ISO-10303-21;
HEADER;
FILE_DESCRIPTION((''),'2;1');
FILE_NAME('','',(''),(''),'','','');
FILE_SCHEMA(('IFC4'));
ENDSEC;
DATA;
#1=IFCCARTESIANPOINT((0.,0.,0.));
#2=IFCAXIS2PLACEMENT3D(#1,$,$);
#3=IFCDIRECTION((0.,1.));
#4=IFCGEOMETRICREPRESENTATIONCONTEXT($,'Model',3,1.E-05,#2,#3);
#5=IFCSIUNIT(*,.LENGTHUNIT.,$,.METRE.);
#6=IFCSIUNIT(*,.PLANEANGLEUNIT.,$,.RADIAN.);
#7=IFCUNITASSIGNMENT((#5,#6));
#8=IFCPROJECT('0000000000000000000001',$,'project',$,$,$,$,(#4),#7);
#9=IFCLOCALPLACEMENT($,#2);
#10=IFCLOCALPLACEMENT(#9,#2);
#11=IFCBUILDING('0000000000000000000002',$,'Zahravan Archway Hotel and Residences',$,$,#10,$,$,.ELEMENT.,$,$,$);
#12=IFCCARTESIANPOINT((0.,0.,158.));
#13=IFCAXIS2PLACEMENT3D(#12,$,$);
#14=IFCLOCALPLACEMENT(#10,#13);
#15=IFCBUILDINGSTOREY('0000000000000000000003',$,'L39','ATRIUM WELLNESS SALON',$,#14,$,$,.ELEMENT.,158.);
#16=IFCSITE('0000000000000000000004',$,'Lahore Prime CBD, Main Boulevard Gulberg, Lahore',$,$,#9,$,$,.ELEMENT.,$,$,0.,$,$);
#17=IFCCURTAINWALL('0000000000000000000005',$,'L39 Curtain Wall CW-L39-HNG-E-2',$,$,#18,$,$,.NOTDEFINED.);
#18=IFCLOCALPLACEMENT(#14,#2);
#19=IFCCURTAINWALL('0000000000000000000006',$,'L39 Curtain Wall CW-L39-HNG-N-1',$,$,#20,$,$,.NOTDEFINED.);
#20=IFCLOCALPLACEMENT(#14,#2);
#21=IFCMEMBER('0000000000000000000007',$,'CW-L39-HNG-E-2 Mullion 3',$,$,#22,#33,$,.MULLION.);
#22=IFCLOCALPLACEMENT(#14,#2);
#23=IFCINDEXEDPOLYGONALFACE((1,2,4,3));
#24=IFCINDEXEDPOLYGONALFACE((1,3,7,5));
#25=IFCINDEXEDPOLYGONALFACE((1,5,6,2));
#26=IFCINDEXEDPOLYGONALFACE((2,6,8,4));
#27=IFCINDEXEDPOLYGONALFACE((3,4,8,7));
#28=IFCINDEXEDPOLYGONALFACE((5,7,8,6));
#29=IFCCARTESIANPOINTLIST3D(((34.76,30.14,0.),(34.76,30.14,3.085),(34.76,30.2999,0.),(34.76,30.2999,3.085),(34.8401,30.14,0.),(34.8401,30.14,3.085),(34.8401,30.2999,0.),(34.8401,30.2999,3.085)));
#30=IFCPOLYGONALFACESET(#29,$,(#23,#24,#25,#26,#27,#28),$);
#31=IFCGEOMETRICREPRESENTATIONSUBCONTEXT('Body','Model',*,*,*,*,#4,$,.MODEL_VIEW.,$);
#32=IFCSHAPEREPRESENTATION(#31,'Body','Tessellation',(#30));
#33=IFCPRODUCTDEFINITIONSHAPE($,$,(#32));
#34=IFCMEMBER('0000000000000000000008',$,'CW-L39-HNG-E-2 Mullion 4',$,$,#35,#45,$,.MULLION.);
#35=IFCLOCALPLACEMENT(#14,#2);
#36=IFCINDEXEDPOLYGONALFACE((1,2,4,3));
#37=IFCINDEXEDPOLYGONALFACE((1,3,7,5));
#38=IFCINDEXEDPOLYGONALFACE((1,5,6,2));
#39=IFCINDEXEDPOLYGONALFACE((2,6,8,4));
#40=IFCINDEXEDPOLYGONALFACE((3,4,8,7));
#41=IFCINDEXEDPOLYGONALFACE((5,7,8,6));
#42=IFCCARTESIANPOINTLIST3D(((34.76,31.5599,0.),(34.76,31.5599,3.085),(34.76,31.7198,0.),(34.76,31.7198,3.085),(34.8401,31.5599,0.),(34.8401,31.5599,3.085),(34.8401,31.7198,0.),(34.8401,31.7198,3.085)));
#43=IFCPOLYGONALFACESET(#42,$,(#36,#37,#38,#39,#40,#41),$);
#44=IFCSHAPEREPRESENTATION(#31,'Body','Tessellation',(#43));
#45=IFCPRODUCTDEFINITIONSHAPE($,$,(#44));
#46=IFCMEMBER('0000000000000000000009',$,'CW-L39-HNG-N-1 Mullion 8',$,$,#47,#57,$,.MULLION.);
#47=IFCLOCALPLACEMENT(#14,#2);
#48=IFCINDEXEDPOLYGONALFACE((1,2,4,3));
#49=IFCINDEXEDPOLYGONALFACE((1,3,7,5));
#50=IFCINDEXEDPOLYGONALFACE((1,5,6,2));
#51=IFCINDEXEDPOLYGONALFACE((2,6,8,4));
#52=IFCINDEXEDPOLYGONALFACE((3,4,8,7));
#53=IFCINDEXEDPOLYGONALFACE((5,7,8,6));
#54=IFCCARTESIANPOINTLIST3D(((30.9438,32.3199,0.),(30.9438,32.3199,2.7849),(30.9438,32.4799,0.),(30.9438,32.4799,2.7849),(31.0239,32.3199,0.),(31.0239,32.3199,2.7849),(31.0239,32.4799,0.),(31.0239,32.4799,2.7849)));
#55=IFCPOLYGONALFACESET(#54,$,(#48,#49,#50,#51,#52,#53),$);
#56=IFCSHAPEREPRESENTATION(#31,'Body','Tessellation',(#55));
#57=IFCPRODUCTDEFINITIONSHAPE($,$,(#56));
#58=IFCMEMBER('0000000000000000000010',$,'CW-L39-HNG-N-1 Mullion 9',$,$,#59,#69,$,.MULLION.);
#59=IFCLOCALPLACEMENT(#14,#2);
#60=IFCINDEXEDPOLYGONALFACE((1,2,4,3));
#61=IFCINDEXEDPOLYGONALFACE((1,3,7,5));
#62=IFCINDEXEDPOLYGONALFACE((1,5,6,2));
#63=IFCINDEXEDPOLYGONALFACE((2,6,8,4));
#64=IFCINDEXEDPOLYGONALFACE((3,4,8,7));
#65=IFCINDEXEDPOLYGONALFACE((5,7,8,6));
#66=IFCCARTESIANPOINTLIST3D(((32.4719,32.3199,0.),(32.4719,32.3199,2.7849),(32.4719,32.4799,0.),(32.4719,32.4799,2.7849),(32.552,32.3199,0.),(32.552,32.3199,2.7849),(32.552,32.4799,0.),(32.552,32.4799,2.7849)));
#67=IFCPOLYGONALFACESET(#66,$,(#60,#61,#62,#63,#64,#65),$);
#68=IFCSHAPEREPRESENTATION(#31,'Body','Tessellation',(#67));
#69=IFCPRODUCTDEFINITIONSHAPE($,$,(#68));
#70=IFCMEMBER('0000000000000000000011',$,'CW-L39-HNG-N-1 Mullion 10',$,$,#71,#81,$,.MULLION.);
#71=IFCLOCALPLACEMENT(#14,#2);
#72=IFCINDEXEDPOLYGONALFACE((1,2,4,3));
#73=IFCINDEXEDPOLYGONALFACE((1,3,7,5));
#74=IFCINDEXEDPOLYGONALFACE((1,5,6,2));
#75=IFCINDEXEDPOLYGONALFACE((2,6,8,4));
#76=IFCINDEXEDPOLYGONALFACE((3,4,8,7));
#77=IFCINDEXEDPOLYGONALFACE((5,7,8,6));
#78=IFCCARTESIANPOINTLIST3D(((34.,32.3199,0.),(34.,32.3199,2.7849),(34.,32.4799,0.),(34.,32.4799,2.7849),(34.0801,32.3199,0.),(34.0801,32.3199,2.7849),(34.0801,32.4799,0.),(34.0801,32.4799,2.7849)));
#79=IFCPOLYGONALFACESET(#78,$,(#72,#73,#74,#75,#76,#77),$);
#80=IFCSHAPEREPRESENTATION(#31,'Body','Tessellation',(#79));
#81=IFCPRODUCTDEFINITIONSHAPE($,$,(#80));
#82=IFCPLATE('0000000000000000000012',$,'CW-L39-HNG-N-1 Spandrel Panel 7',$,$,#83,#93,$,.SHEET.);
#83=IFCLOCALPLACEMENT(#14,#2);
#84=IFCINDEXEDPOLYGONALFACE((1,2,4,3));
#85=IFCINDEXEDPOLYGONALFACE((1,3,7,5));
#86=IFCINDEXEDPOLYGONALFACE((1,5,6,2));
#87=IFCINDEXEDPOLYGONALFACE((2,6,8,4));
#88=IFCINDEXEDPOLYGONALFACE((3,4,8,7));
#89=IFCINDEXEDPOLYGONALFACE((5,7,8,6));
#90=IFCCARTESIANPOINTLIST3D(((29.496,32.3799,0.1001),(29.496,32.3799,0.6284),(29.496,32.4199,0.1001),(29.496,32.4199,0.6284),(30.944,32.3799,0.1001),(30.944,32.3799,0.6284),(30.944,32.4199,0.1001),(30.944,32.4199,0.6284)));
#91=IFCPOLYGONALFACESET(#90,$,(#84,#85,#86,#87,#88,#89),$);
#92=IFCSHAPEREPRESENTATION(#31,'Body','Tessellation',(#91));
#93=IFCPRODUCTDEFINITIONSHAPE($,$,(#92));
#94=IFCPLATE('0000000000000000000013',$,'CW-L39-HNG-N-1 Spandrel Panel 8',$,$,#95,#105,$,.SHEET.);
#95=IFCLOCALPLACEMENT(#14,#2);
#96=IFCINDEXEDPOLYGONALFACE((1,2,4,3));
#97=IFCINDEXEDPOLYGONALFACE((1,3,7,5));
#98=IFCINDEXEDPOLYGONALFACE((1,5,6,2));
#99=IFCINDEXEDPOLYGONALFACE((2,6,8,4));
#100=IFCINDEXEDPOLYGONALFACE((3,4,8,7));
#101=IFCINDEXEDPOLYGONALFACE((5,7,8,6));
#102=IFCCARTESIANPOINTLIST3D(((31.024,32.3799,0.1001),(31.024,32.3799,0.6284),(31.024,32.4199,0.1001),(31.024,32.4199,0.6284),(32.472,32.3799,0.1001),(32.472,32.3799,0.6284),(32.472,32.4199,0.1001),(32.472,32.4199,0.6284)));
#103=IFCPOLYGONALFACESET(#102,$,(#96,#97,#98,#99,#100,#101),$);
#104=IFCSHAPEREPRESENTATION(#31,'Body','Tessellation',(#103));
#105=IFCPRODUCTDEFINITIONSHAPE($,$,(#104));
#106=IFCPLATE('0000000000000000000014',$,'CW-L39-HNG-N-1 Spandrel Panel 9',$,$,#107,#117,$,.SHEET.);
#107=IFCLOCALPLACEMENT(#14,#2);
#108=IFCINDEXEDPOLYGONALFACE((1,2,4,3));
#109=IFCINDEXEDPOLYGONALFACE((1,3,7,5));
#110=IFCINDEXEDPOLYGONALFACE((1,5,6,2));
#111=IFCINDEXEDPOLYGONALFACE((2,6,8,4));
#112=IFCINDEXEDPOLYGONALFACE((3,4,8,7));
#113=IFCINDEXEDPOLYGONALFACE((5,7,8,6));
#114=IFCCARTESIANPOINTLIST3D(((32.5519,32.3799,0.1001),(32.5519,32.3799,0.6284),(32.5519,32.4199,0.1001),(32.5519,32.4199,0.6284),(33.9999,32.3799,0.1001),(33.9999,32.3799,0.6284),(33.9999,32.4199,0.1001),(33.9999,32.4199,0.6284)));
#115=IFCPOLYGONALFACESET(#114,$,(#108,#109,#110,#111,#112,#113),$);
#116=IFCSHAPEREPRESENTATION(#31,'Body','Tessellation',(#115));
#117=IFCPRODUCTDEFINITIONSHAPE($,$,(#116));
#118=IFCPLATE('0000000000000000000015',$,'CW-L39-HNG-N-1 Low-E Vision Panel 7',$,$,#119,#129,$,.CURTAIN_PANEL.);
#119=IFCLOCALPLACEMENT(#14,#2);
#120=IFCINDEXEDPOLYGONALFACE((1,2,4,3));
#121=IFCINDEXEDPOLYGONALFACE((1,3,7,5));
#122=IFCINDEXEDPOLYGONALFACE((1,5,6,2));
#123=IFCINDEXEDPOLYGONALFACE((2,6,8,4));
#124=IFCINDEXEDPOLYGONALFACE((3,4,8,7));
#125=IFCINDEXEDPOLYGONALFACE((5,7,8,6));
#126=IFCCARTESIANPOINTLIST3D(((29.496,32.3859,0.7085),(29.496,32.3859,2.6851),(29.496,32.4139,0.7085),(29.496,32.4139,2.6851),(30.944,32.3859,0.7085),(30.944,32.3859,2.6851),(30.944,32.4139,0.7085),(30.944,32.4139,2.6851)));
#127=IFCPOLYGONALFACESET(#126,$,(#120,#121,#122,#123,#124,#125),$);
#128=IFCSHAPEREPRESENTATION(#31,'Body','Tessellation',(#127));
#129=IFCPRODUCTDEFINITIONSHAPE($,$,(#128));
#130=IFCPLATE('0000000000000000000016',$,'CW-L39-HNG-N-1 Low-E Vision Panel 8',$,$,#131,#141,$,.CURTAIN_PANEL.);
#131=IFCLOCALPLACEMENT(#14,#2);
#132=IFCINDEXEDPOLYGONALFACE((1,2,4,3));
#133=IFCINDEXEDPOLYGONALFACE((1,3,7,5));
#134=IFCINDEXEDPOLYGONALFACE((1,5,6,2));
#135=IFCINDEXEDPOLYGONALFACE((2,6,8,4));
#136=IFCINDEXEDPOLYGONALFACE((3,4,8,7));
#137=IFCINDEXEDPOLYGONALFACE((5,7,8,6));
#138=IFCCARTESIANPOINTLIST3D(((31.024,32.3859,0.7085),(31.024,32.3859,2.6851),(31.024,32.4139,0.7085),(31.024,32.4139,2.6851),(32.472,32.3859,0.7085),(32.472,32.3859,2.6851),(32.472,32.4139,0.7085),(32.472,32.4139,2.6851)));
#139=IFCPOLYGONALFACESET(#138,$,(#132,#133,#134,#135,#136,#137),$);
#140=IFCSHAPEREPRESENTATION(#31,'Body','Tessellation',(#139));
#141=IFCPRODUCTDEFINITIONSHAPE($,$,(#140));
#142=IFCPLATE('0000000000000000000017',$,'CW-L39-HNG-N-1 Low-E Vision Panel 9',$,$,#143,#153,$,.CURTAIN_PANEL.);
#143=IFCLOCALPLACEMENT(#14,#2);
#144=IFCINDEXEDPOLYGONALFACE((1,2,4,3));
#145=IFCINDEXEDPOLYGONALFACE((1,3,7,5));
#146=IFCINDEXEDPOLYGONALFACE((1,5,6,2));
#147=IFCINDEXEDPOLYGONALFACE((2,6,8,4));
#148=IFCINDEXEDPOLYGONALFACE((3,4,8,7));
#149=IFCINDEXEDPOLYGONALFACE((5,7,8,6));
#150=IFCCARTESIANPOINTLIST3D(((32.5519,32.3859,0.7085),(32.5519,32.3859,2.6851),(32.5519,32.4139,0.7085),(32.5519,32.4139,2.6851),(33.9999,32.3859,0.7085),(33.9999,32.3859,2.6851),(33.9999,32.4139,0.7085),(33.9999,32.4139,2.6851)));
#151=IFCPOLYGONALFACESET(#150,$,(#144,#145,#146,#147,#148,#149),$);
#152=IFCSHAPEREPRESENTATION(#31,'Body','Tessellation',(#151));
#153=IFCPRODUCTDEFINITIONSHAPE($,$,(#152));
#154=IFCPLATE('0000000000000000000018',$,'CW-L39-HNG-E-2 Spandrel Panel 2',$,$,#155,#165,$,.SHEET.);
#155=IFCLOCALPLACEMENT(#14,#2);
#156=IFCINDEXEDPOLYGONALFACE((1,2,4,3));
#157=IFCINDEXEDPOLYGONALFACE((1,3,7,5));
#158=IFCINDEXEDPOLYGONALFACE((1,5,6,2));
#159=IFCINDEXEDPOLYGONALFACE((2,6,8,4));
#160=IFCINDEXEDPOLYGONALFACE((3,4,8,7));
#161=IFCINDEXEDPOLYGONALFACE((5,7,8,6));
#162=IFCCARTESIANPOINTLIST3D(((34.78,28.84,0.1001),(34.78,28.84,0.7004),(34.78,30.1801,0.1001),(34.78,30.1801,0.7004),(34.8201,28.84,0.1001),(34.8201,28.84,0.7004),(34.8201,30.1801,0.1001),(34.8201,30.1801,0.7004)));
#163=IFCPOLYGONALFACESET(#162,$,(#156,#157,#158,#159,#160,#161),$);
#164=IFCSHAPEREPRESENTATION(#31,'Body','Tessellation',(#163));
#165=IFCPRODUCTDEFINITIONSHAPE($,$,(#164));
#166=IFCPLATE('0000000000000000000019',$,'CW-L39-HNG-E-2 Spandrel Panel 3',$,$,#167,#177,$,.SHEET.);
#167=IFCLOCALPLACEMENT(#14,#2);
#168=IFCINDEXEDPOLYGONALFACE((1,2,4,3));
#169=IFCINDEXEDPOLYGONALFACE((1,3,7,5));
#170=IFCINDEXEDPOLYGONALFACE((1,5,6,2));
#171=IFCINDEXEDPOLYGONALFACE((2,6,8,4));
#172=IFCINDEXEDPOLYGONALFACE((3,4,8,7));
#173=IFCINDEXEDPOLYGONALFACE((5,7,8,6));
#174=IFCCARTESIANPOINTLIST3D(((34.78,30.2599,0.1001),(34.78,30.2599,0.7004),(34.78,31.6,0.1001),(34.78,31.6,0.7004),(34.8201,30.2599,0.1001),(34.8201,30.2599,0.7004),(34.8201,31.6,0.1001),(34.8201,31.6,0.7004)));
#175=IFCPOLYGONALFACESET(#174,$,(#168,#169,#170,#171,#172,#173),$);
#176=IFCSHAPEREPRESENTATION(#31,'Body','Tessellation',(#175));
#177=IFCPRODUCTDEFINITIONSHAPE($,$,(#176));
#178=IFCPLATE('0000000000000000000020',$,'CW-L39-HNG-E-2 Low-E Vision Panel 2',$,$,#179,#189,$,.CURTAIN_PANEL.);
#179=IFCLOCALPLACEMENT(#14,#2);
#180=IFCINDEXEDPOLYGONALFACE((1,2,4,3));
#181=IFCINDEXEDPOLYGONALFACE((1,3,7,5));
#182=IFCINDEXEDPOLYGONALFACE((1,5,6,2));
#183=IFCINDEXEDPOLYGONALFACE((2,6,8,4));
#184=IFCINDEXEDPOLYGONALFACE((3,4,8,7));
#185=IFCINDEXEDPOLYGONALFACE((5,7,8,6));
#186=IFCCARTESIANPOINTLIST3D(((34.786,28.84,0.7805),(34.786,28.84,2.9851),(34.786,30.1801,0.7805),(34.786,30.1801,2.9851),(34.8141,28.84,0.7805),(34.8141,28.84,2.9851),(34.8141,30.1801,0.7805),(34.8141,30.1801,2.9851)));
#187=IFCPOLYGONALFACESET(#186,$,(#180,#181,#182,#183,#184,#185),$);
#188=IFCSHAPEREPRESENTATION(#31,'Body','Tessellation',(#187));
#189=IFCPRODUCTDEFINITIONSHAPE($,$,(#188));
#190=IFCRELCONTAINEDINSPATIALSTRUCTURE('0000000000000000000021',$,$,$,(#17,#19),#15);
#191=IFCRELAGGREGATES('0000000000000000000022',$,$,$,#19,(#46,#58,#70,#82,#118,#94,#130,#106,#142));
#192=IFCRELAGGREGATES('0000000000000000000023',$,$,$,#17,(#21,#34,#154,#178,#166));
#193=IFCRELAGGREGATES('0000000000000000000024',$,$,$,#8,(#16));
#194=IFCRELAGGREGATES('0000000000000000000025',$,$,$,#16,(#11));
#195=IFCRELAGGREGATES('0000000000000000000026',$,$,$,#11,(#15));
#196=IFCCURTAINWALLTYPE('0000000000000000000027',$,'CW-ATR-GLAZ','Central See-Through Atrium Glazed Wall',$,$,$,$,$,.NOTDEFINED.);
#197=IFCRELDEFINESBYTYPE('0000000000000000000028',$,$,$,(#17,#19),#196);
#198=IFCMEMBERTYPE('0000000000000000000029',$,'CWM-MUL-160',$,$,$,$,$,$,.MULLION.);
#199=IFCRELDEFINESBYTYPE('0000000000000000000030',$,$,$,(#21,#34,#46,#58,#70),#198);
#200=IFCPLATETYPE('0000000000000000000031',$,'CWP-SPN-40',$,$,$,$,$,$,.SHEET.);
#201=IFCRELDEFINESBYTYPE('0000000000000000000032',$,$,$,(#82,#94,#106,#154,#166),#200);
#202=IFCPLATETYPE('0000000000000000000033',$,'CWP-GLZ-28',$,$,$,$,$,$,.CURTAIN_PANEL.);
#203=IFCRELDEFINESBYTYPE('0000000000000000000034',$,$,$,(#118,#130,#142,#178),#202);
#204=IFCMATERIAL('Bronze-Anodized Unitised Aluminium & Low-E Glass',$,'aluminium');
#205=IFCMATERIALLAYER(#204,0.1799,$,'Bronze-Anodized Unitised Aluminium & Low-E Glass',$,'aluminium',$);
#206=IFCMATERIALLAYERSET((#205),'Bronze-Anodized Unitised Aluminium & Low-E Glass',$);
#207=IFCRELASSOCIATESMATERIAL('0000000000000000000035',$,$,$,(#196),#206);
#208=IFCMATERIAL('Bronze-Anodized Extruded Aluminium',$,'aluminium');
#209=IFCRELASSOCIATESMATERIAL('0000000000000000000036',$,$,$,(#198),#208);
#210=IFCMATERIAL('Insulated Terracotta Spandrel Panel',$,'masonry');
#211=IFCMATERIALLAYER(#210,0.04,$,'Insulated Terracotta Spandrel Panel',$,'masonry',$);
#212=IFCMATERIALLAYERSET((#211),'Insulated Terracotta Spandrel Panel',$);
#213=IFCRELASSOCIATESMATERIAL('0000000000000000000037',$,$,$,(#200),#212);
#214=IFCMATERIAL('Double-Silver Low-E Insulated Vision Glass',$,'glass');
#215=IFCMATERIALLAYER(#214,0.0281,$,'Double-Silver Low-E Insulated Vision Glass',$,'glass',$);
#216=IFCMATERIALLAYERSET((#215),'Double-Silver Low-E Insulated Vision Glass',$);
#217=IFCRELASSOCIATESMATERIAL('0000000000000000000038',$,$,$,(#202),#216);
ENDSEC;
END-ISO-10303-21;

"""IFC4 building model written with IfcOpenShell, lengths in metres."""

from ifc_helpers import new_model, si_unit, direction, frame, origin, origin_2d, place, context, subcontext, project, spatial, rectangle, extrude, source, transform, mapped, material, layer, layer_set, material_profile, profile_set, type_object, element, aggregate, save


model = new_model("IFC4")

# Units and contexts
model_context = context("Model", 3, precision=1e-05, world=origin(), true_north=direction((0.0, 1.0)))
body_context = subcontext(model_context, "Body", "Model", "MODEL_VIEW")
ifc_project = project(units=[si_unit("LENGTHUNIT", "METRE"), si_unit("PLANEANGLEUNIT", "RADIAN")], contexts=[model_context])

# Site, building, storey
site_placement = place(None, origin())
site = spatial("IfcSite", under=ifc_project, at=site_placement, Name="Lahore Prime CBD, Main Boulevard Gulberg, Lahore", CompositionType="ELEMENT", RefElevation=0.0)
building_placement = place(site_placement, origin())
building = spatial("IfcBuilding", under=site, at=building_placement, Name="Zahravan Archway Hotel and Residences", CompositionType="ELEMENT")
storey_placement = place(building_placement, frame((0.0, 0.0, 158.0)))
storey = spatial("IfcBuildingStorey", under=building, at=storey_placement, Name="L39", Description="ATRIUM WELLNESS SALON", CompositionType="ELEMENT", Elevation=158.0)

# Curtain walls
ifc_material_1 = material(Name="Bronze-Anodized Unitised Aluminium & Low-E Glass", Category="aluminium")
ifc_layer_1 = layer(ifc_material_1, 0.1799, Name="Bronze-Anodized Unitised Aluminium & Low-E Glass", Category="aluminium")
ifc_layer_set_1 = layer_set([ifc_layer_1], Name="Bronze-Anodized Unitised Aluminium & Low-E Glass")
curtain_wall_type = type_object("IfcCurtainWallType", Name="CW-ATR-GLAZ", Description="Central See-Through Atrium Glazed Wall", PredefinedType="NOTDEFINED", material=ifc_layer_set_1)
curtain_wall_1_placement = place(storey_placement, origin())
curtain_wall_1 = element("IfcCurtainWall", 1, at=curtain_wall_1_placement, inside=storey, type_object=curtain_wall_type, Name="L39 Curtain Wall CW-L39-HNG-E-2", PredefinedType="NOTDEFINED")
ifc_material_2 = material(Name="Bronze-Anodized Extruded Aluminium", Category="aluminium")
curtain_wall_2_placement = place(storey_placement, origin())
curtain_wall_2 = element("IfcCurtainWall", 2, at=curtain_wall_2_placement, inside=storey, type_object=curtain_wall_type, Name="L39 Curtain Wall CW-L39-HNG-N-1", PredefinedType="NOTDEFINED")

# Members
ifc_material_profile_1 = material_profile(ifc_material_2, rectangle(XDim=0.0801, YDim=0.1599, at=origin_2d()), Name="MUL 80x160", Category="aluminium")
ifc_profile_set_1 = profile_set([ifc_material_profile_1], Name="Bronze-Anodized Extruded Aluminium")
member_type_1 = type_object("IfcMemberType", Name="CWM-MUL-160", PredefinedType="MULLION", material=ifc_profile_set_1)
shared_shape_1 = source(origin(), body_context, "Body", "SweptSolid", [
    extrude(rectangle(XDim=0.0801, YDim=0.1599, at=origin_2d()), origin(), (0.0, 0.0, 1.0), 3.085),
])
member_1_placement = place(storey_placement, frame((34.8, 30.22, 0.0), z_axis=(0.0, 0.0, 1.0), x_axis=(1.0, 0.0, 0.0)))
member_1 = element("IfcMember", 3, at=member_1_placement, type_object=member_type_1, Name="CW-L39-HNG-E-2 Mullion 3", PredefinedType="MULLION", context=body_context, shape_type="MappedRepresentation", body=[
    mapped(shared_shape_1, transform((0.0, 0.0, 0.0), scale=1.0)),
])
member_2_placement = place(storey_placement, frame((34.8, 31.6399, 0.0), z_axis=(0.0, 0.0, 1.0), x_axis=(1.0, 0.0, 0.0)))
member_2 = element("IfcMember", 4, at=member_2_placement, type_object=member_type_1, Name="CW-L39-HNG-E-2 Mullion 4", PredefinedType="MULLION", context=body_context, shape_type="MappedRepresentation", body=[
    mapped(shared_shape_1, transform((0.0, 0.0, 0.0), scale=1.0)),
])
shared_shape_2 = source(origin(), body_context, "Body", "SweptSolid", [
    extrude(rectangle(XDim=0.0801, YDim=0.1599, at=origin_2d()), origin(), (0.0, 0.0, 1.0), 2.7849),
])
member_3_placement = place(storey_placement, frame((30.9839, 32.3999, 0.0), z_axis=(0.0, 0.0, 1.0), x_axis=(1.0, 0.0, 0.0)))
member_3 = element("IfcMember", 5, at=member_3_placement, type_object=member_type_1, Name="CW-L39-HNG-N-1 Mullion 8", PredefinedType="MULLION", context=body_context, shape_type="MappedRepresentation", body=[
    mapped(shared_shape_2, transform((0.0, 0.0, 0.0), scale=1.0)),
])
member_4_placement = place(storey_placement, frame((32.512, 32.3999, 0.0), z_axis=(0.0, 0.0, 1.0), x_axis=(1.0, 0.0, 0.0)))
member_4 = element("IfcMember", 6, at=member_4_placement, type_object=member_type_1, Name="CW-L39-HNG-N-1 Mullion 9", PredefinedType="MULLION", context=body_context, shape_type="MappedRepresentation", body=[
    mapped(shared_shape_2, transform((0.0, 0.0, 0.0), scale=1.0)),
])
member_5_placement = place(storey_placement, frame((34.04, 32.3999, 0.0), z_axis=(0.0, 0.0, 1.0), x_axis=(1.0, 0.0, 0.0)))
member_5 = element("IfcMember", 7, at=member_5_placement, type_object=member_type_1, Name="CW-L39-HNG-N-1 Mullion 10", PredefinedType="MULLION", context=body_context, shape_type="MappedRepresentation", body=[
    mapped(shared_shape_2, transform((0.0, 0.0, 0.0), scale=1.0)),
])

# Plates
ifc_material_3 = material(Name="Insulated Terracotta Spandrel Panel", Category="masonry")
ifc_layer_2 = layer(ifc_material_3, 0.04, Name="Insulated Terracotta Spandrel Panel", Category="masonry")
ifc_layer_set_2 = layer_set([ifc_layer_2], Name="Insulated Terracotta Spandrel Panel")
plate_type_1 = type_object("IfcPlateType", Name="CWP-SPN-40", PredefinedType="SHEET", material=ifc_layer_set_2)
shared_shape_3 = source(origin(), body_context, "Body", "SweptSolid", [
    extrude(rectangle(XDim=1.448, YDim=0.04, at=origin_2d()), origin(), (0.0, 0.0, 1.0), 0.5283),
])
plate_1_placement = place(storey_placement, frame((30.22, 32.3999, 0.1001), z_axis=(0.0, 0.0, 1.0), x_axis=(1.0, 0.0, 0.0)))
plate_1 = element("IfcPlate", 8, at=plate_1_placement, type_object=plate_type_1, Name="CW-L39-HNG-N-1 Spandrel Panel 7", PredefinedType="SHEET", context=body_context, shape_type="MappedRepresentation", body=[
    mapped(shared_shape_3, transform((0.0, 0.0, 0.0), scale=1.0)),
])
plate_2_placement = place(storey_placement, frame((31.748, 32.3999, 0.1001), z_axis=(0.0, 0.0, 1.0), x_axis=(1.0, 0.0, 0.0)))
plate_2 = element("IfcPlate", 9, at=plate_2_placement, type_object=plate_type_1, Name="CW-L39-HNG-N-1 Spandrel Panel 8", PredefinedType="SHEET", context=body_context, shape_type="MappedRepresentation", body=[
    mapped(shared_shape_3, transform((0.0, 0.0, 0.0), scale=1.0)),
])
plate_3_placement = place(storey_placement, frame((33.2759, 32.3999, 0.1001), z_axis=(0.0, 0.0, 1.0), x_axis=(1.0, 0.0, 0.0)))
plate_3 = element("IfcPlate", 10, at=plate_3_placement, type_object=plate_type_1, Name="CW-L39-HNG-N-1 Spandrel Panel 9", PredefinedType="SHEET", context=body_context, shape_type="MappedRepresentation", body=[
    mapped(shared_shape_3, transform((0.0, 0.0, 0.0), scale=1.0)),
])
ifc_material_4 = material(Name="Double-Silver Low-E Insulated Vision Glass", Category="glass")
ifc_layer_3 = layer(ifc_material_4, 0.0281, Name="Double-Silver Low-E Insulated Vision Glass", Category="glass")
ifc_layer_set_3 = layer_set([ifc_layer_3], Name="Double-Silver Low-E Insulated Vision Glass")
plate_type_2 = type_object("IfcPlateType", Name="CWP-GLZ-28", PredefinedType="CURTAIN_PANEL", material=ifc_layer_set_3)
shared_shape_4 = source(origin(), body_context, "Body", "SweptSolid", [
    extrude(rectangle(XDim=1.448, YDim=0.0281, at=origin_2d()), origin(), (0.0, 0.0, 1.0), 1.9766),
])
plate_4_placement = place(storey_placement, frame((30.22, 32.3999, 0.7085), z_axis=(0.0, 0.0, 1.0), x_axis=(1.0, 0.0, 0.0)))
plate_4 = element("IfcPlate", 11, at=plate_4_placement, type_object=plate_type_2, Name="CW-L39-HNG-N-1 Low-E Vision Panel 7", PredefinedType="CURTAIN_PANEL", context=body_context, shape_type="MappedRepresentation", body=[
    mapped(shared_shape_4, transform((0.0, 0.0, 0.0), scale=1.0)),
])
plate_5_placement = place(storey_placement, frame((31.748, 32.3999, 0.7085), z_axis=(0.0, 0.0, 1.0), x_axis=(1.0, 0.0, 0.0)))
plate_5 = element("IfcPlate", 12, at=plate_5_placement, type_object=plate_type_2, Name="CW-L39-HNG-N-1 Low-E Vision Panel 8", PredefinedType="CURTAIN_PANEL", context=body_context, shape_type="MappedRepresentation", body=[
    mapped(shared_shape_4, transform((0.0, 0.0, 0.0), scale=1.0)),
])
plate_6_placement = place(storey_placement, frame((33.2759, 32.3999, 0.7085), z_axis=(0.0, 0.0, 1.0), x_axis=(1.0, 0.0, 0.0)))
plate_6 = element("IfcPlate", 13, at=plate_6_placement, type_object=plate_type_2, Name="CW-L39-HNG-N-1 Low-E Vision Panel 9", PredefinedType="CURTAIN_PANEL", context=body_context, shape_type="MappedRepresentation", body=[
    mapped(shared_shape_4, transform((0.0, 0.0, 0.0), scale=1.0)),
])
aggregate(curtain_wall_2, [member_3, member_4, member_5, plate_1, plate_4, plate_2, plate_5, plate_3, plate_6])
shared_shape_5 = source(origin(), body_context, "Body", "SweptSolid", [
    extrude(rectangle(XDim=1.3401, YDim=0.04, at=origin_2d()), origin(), (0.0, 0.0, 1.0), 0.6003),
])
plate_7_placement = place(storey_placement, frame((34.8, 29.51, 0.1001), z_axis=(0.0, 0.0, 1.0), x_axis=(0.0, 1.0, 0.0)))
plate_7 = element("IfcPlate", 14, at=plate_7_placement, type_object=plate_type_1, Name="CW-L39-HNG-E-2 Spandrel Panel 2", PredefinedType="SHEET", context=body_context, shape_type="MappedRepresentation", body=[
    mapped(shared_shape_5, transform((0.0, 0.0, 0.0), scale=1.0)),
])
plate_8_placement = place(storey_placement, frame((34.8, 30.9299, 0.1001), z_axis=(0.0, 0.0, 1.0), x_axis=(0.0, 1.0, 0.0)))
plate_8 = element("IfcPlate", 15, at=plate_8_placement, type_object=plate_type_1, Name="CW-L39-HNG-E-2 Spandrel Panel 3", PredefinedType="SHEET", context=body_context, shape_type="MappedRepresentation", body=[
    mapped(shared_shape_5, transform((0.0, 0.0, 0.0), scale=1.0)),
])
shared_shape_6 = source(origin(), body_context, "Body", "SweptSolid", [
    extrude(rectangle(XDim=1.3401, YDim=0.0281, at=origin_2d()), origin(), (0.0, 0.0, 1.0), 2.2046),
])
plate_9_placement = place(storey_placement, frame((34.8, 29.51, 0.7805), z_axis=(0.0, 0.0, 1.0), x_axis=(0.0, 1.0, 0.0)))
plate_9 = element("IfcPlate", 16, at=plate_9_placement, type_object=plate_type_2, Name="CW-L39-HNG-E-2 Low-E Vision Panel 2", PredefinedType="CURTAIN_PANEL", context=body_context, shape_type="MappedRepresentation", body=[
    mapped(shared_shape_6, transform((0.0, 0.0, 0.0), scale=1.0)),
])
aggregate(curtain_wall_1, [member_1, member_2, plate_7, plate_9, plate_8])

save(model, "model.ifc")
